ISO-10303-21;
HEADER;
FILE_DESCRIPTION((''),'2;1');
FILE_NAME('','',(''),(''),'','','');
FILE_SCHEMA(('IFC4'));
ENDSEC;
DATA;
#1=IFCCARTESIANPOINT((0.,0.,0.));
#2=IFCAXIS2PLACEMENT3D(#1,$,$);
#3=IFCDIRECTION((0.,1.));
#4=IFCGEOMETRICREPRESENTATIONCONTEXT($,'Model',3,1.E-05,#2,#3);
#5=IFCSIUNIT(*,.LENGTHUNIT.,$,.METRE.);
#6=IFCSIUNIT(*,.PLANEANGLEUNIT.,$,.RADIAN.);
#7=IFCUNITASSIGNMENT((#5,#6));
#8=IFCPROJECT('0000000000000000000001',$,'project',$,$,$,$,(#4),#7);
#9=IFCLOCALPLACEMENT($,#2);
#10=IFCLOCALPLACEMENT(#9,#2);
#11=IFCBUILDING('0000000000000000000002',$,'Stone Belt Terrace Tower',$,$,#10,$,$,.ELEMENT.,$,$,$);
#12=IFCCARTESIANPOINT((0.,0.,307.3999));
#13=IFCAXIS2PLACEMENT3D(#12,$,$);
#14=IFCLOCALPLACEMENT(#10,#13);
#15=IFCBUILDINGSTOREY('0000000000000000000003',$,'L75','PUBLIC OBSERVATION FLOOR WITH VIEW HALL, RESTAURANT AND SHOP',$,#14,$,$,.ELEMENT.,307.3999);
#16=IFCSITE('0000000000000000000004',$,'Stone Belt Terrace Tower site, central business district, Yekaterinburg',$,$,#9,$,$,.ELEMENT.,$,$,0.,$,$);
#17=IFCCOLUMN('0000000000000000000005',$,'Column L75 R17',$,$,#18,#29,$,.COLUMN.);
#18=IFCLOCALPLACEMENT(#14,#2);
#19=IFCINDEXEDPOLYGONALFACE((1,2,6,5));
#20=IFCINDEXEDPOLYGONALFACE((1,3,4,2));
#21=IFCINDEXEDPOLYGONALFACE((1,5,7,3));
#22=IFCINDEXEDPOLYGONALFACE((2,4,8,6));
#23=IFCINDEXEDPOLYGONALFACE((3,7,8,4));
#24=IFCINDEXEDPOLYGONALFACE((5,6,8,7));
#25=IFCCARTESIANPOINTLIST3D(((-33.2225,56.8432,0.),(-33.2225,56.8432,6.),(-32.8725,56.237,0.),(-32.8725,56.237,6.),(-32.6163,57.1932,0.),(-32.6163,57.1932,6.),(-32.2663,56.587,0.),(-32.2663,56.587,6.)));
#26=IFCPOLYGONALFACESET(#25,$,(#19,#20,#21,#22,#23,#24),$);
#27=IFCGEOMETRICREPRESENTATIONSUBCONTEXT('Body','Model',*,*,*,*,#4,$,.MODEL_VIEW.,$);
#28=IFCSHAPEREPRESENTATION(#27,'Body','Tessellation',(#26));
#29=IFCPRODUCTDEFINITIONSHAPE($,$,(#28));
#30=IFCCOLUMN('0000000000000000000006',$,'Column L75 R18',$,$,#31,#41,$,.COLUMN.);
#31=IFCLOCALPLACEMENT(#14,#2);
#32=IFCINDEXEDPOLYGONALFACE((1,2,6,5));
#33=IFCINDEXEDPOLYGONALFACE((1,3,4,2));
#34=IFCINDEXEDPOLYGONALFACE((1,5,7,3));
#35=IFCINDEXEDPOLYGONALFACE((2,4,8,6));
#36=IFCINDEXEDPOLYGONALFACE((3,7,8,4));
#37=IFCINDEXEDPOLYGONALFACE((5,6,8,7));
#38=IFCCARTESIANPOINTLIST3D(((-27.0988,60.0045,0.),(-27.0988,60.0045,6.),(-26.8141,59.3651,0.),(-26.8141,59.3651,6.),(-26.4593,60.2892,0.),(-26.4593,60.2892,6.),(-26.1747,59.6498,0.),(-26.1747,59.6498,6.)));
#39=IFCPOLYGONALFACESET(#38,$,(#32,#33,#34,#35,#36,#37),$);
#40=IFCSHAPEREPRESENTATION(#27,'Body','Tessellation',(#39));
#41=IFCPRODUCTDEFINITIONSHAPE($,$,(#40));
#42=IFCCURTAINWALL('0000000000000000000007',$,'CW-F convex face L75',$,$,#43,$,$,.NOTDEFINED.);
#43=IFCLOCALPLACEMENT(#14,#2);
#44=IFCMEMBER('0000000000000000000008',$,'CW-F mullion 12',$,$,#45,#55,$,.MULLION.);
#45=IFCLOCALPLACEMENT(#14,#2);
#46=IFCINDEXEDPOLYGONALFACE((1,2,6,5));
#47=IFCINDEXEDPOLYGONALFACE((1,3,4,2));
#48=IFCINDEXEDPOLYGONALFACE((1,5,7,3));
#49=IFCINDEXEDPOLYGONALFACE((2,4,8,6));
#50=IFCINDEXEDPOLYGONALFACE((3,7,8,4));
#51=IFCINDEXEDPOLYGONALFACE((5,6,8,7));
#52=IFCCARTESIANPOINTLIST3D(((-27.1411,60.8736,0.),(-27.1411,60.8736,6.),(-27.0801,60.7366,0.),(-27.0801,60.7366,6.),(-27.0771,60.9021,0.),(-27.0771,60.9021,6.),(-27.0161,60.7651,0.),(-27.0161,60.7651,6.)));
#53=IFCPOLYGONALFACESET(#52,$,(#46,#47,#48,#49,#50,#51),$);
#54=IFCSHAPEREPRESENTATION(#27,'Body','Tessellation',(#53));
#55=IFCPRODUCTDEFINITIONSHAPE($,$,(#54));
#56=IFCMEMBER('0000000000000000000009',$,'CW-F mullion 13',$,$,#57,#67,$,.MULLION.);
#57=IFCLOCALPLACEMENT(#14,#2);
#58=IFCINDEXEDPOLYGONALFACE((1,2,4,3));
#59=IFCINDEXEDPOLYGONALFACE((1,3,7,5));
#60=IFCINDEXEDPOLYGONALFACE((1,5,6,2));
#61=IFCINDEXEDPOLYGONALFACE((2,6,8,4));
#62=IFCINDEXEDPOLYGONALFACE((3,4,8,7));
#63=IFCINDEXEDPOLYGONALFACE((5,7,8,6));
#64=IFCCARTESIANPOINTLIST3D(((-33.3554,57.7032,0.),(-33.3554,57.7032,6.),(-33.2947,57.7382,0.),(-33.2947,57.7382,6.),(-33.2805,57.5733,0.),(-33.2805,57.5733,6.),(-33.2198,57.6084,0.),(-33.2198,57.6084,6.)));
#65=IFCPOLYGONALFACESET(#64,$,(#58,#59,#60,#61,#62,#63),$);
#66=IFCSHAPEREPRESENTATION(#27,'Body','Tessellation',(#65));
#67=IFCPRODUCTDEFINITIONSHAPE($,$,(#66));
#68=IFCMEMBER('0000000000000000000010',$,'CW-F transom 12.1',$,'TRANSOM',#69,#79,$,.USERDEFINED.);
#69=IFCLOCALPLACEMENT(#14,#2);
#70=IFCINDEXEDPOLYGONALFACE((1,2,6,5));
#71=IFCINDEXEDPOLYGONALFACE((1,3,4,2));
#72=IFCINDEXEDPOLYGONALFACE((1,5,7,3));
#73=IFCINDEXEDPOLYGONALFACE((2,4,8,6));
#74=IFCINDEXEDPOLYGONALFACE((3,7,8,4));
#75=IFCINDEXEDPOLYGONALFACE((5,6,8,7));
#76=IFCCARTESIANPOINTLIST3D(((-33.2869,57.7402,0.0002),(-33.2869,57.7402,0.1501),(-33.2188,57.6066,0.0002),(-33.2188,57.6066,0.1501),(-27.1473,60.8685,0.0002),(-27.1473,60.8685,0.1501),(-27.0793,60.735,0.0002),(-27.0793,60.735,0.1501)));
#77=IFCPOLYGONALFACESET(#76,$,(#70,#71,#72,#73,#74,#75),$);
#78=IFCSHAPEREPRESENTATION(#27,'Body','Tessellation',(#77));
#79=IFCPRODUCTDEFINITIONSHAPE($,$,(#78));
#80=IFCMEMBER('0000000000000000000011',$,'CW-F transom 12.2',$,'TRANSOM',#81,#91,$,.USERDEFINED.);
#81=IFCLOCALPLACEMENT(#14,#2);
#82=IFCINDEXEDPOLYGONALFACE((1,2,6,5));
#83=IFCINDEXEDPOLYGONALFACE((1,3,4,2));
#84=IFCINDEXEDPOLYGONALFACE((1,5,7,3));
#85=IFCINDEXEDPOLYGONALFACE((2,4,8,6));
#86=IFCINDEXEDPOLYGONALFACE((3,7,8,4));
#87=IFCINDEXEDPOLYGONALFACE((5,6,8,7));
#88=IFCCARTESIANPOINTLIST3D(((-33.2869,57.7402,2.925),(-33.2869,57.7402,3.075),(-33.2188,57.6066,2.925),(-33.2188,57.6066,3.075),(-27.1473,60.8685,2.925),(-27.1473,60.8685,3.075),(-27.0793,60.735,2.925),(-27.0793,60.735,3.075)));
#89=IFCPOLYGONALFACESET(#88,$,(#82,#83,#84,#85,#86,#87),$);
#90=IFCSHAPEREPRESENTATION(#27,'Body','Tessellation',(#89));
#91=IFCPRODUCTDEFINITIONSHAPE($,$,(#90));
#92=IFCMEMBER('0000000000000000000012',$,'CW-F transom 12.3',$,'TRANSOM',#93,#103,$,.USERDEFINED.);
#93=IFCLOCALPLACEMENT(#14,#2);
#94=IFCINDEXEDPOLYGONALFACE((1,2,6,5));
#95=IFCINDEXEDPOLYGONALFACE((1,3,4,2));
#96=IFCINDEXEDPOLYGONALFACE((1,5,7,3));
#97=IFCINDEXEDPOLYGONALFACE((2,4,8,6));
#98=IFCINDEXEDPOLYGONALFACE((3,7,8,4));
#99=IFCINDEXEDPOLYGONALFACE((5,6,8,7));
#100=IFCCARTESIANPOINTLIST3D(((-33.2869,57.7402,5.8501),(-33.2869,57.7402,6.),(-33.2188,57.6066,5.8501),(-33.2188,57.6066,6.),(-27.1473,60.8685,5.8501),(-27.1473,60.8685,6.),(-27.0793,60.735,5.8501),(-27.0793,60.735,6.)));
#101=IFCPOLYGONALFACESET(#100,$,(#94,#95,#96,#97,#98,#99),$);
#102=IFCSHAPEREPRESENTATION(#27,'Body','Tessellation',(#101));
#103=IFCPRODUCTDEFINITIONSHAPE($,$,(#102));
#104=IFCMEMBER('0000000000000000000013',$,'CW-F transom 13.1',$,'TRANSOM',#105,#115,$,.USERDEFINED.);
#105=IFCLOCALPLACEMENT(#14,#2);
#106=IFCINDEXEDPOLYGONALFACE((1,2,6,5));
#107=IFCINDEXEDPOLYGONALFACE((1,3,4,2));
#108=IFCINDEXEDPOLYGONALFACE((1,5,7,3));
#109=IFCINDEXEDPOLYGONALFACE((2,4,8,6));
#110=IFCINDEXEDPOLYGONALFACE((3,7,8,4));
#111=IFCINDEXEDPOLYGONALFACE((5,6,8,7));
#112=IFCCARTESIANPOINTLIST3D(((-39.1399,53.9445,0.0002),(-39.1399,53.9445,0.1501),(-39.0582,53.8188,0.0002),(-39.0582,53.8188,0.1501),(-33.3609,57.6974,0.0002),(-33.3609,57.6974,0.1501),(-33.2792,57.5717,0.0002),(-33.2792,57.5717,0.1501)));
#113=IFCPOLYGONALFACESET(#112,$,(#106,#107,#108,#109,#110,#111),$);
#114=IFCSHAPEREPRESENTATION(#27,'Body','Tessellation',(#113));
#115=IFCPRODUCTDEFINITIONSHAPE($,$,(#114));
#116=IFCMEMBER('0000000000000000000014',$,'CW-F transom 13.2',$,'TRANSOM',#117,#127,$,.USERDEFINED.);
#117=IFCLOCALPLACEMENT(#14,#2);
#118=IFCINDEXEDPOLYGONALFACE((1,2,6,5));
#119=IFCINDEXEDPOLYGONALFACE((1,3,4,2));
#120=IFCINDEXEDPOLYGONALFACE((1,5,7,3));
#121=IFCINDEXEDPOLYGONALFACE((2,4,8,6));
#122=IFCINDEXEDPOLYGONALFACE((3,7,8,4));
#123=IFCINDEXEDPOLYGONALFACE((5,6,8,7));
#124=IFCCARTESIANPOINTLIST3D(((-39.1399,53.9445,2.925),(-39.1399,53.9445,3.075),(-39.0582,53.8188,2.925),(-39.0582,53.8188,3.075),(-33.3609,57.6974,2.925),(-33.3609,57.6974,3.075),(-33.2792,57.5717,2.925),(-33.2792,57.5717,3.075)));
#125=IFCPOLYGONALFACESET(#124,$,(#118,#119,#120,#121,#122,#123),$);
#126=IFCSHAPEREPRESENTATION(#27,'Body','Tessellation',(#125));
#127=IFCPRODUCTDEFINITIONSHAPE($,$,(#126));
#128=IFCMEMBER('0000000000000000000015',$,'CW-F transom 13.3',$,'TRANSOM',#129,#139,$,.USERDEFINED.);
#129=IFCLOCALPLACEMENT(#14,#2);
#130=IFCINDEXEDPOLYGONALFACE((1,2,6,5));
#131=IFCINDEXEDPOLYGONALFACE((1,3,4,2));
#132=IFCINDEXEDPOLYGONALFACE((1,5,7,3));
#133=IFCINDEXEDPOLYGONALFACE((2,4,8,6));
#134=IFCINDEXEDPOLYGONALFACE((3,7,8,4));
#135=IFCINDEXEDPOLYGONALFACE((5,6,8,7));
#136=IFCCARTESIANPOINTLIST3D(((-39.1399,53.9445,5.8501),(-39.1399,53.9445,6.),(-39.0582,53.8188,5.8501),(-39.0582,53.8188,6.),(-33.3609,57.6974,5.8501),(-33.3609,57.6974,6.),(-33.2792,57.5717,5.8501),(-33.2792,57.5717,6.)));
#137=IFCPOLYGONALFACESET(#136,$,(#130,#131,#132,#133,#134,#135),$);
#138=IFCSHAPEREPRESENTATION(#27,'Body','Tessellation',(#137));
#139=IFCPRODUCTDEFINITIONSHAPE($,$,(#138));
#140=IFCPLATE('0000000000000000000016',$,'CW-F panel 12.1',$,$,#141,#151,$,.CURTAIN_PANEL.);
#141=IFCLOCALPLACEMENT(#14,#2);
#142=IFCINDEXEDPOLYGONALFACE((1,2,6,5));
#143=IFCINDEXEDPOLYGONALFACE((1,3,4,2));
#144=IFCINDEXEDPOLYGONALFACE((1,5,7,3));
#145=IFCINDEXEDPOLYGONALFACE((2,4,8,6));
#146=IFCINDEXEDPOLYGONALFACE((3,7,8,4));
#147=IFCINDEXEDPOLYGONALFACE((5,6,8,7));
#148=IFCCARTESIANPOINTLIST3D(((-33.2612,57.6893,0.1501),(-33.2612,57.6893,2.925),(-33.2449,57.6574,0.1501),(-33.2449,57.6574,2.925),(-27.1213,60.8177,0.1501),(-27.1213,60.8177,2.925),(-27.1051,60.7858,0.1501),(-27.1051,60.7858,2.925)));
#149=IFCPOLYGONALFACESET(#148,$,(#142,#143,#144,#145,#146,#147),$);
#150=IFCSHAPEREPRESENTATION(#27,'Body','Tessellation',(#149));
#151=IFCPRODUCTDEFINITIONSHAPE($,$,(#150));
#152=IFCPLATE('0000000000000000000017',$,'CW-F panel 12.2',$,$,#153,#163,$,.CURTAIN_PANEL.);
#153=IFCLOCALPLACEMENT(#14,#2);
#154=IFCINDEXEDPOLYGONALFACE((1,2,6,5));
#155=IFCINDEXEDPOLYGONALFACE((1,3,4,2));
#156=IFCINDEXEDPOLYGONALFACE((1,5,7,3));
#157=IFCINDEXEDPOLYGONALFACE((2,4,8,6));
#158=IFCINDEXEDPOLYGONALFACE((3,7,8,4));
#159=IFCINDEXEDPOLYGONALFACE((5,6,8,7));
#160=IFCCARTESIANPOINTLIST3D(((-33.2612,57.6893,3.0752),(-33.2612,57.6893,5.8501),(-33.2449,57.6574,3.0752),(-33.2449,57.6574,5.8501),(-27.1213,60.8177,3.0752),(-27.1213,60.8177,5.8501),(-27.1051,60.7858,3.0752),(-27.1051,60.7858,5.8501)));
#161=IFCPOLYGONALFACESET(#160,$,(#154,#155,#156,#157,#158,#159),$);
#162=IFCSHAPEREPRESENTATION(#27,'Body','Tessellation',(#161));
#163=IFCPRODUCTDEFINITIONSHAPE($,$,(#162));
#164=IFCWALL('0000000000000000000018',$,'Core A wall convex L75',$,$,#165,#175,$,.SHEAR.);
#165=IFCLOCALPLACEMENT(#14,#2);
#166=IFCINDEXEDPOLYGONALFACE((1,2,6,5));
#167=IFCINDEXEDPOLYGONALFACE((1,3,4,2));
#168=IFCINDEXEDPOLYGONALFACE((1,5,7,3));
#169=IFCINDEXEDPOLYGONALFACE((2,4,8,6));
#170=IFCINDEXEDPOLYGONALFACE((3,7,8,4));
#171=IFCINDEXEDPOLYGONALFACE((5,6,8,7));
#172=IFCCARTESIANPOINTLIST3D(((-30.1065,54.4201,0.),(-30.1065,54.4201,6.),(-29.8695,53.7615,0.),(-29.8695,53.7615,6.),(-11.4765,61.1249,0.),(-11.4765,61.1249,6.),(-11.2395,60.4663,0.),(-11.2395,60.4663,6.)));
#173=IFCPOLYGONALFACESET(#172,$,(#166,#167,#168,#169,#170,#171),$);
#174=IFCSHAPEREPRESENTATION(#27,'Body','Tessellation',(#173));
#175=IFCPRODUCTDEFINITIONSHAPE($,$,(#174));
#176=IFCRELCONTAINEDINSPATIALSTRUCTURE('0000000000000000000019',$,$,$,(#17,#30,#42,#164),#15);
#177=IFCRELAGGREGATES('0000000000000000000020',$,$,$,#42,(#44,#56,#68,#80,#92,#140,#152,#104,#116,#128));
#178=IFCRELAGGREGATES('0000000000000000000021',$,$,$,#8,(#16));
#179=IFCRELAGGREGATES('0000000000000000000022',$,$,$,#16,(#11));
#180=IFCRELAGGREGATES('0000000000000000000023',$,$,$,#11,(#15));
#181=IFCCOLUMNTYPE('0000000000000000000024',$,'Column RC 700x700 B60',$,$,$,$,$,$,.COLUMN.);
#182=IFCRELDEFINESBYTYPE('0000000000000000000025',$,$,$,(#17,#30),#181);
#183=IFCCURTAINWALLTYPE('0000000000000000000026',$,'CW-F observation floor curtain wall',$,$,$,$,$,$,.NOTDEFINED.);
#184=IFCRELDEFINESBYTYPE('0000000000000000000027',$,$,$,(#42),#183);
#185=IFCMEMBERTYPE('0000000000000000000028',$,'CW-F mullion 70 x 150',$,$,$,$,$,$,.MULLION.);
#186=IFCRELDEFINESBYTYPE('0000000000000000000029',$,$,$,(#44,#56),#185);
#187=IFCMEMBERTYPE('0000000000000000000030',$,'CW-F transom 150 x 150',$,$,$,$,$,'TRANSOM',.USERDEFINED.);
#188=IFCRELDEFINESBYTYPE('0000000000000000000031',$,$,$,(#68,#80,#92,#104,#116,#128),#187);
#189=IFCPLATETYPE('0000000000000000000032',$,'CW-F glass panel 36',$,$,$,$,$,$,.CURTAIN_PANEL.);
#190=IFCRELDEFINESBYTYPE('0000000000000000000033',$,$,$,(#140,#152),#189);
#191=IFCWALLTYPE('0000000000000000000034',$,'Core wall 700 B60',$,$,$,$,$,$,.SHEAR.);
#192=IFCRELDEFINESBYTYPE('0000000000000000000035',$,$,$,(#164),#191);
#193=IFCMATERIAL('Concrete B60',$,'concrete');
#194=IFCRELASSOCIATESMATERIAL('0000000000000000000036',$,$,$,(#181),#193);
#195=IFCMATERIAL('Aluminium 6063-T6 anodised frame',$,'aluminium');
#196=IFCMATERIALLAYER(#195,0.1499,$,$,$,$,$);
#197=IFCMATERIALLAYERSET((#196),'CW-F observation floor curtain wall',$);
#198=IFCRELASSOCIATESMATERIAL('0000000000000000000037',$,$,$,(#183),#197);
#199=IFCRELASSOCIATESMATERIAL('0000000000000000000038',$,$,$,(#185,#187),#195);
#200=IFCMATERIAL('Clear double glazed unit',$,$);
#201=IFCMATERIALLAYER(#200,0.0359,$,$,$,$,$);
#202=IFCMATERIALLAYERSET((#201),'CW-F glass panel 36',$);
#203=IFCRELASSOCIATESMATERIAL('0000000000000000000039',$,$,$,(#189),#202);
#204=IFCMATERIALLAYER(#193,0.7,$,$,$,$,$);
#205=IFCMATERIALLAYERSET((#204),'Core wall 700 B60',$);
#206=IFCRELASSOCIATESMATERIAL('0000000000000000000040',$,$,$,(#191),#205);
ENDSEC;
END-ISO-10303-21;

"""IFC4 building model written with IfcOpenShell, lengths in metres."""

from ifc_helpers import new_model, si_unit, direction, frame, frame_2d, origin, origin_2d, place, context, subcontext, project, spatial, rectangle, extrude, material, layer, layer_set, material_profile, profile_set, type_object, element, aggregate, save


model = new_model("IFC4")

# Units and contexts
model_context = context("Model", 3, precision=1e-05, world=origin(), true_north=direction((0.0, 1.0)))
body_context = subcontext(model_context, "Body", "Model", "MODEL_VIEW")
ifc_project = project(units=[si_unit("LENGTHUNIT", "METRE"), si_unit("PLANEANGLEUNIT", "RADIAN")], contexts=[model_context])

# Site, building, storey
site_placement = place(None, origin())
site = spatial("IfcSite", under=ifc_project, at=site_placement, Name="Stone Belt Terrace Tower site, central business district, Yekaterinburg", CompositionType="ELEMENT", RefElevation=0.0)
building_placement = place(site_placement, origin())
building = spatial("IfcBuilding", under=site, at=building_placement, Name="Stone Belt Terrace Tower", CompositionType="ELEMENT")
storey_placement = place(building_placement, frame((0.0, 0.0, 307.3999)))
storey = spatial("IfcBuildingStorey", under=building, at=storey_placement, Name="L75", Description="PUBLIC OBSERVATION FLOOR WITH VIEW HALL, RESTAURANT AND SHOP", CompositionType="ELEMENT", Elevation=307.3999)

# Columns
ifc_material_1 = material(Name="Concrete B60", Category="concrete")
ifc_material_profile_1 = material_profile(ifc_material_1, rectangle(XDim=0.7, YDim=0.7, at=origin_2d()), Name="RC 700x700")
ifc_profile_set_1 = profile_set([ifc_material_profile_1], Name="Concrete B60")
column_type = type_object("IfcColumnType", Name="Column RC 700x700 B60", PredefinedType="COLUMN", material=ifc_profile_set_1)
for number, where, z_axis, x_axis, name in (
    (1, (-32.7444, 56.7151, 0.0), (0.0, 0.0, 1.0), (0.866025, 0.5, 0.0), "Column L75 R17"),
    (2, (-26.6367, 59.8271, 0.0), (0.0, 0.0, 1.0), (0.913545, 0.406737, 0.0), "Column L75 R18"),
):
    element("IfcColumn", number, at=place(storey_placement, frame(where, z_axis=z_axis, x_axis=x_axis)), inside=storey, type_object=column_type, Name=name, PredefinedType="COLUMN", context=body_context, shape_type="SweptSolid", body=[
        extrude(rectangle(XDim=0.7, YDim=0.7, at=origin_2d()), origin(), (0.0, 0.0, 1.0), 6.0),
    ])

# Curtain wall, members, plates
ifc_material_2 = material(Name="Aluminium 6063-T6 anodised frame", Category="aluminium")
ifc_layer_1 = layer(ifc_material_2, 0.1499)
ifc_layer_set_1 = layer_set([ifc_layer_1], Name="CW-F observation floor curtain wall")
curtain_wall_type = type_object("IfcCurtainWallType", Name="CW-F observation floor curtain wall", PredefinedType="NOTDEFINED", material=ifc_layer_set_1)
curtain_wall_placement = place(storey_placement, origin())
curtain_wall = element("IfcCurtainWall", 3, at=curtain_wall_placement, inside=storey, type_object=curtain_wall_type, Name="CW-F convex face L75", PredefinedType="NOTDEFINED")
ifc_material_profile_2 = material_profile(ifc_material_2, rectangle(XDim=0.1499, YDim=0.0701, at=origin_2d()), Name="Aluminium 6063-T6 70x150")
ifc_profile_set_2 = profile_set([ifc_material_profile_2], Name="Aluminium 6063-T6 anodised frame")
member_type_1 = type_object("IfcMemberType", Name="CW-F mullion 70 x 150", PredefinedType="MULLION", material=ifc_profile_set_2)
member_1_placement = place(storey_placement, frame((-27.0786, 60.8193, 0.0), z_axis=(0.0, 0.0, 1.0), x_axis=(0.406737, -0.913545, 0.0)))
member_1 = element("IfcMember", 4, at=member_1_placement, type_object=member_type_1, Name="CW-F mullion 12", PredefinedType="MULLION", context=body_context, shape_type="SweptSolid", body=[
    extrude(rectangle(XDim=0.1499, YDim=0.0701, at=origin_2d()), origin(), (0.0, 0.0, 1.0), 6.0),
])
member_2_placement = place(storey_placement, frame((-33.2876, 57.6558, 0.0), z_axis=(0.0, 0.0, 1.0), x_axis=(0.5, -0.866025, 0.0)))
member_2 = element("IfcMember", 5, at=member_2_placement, type_object=member_type_1, Name="CW-F mullion 13", PredefinedType="MULLION", context=body_context, shape_type="SweptSolid", body=[
    extrude(rectangle(XDim=0.1499, YDim=0.0701, at=origin_2d()), origin(), (0.0, 0.0, 1.0), 6.0),
])
ifc_material_profile_3 = material_profile(ifc_material_2, rectangle(XDim=0.1499, YDim=0.1499, at=origin_2d()), Name="Aluminium 6063-T6 150x150")
ifc_profile_set_3 = profile_set([ifc_material_profile_3], Name="Aluminium 6063-T6 anodised frame")
member_type_2 = type_object("IfcMemberType", Name="CW-F transom 150 x 150", ElementType="TRANSOM", PredefinedType="USERDEFINED", material=ifc_profile_set_3)
member_3_placement = place(storey_placement, frame((-27.1133, 60.8018, 0.0752), z_axis=(-0.891, -0.454003, 0.0), x_axis=(0.454003, -0.891, 0.0)))
member_3 = element("IfcMember", 6, at=member_3_placement, type_object=member_type_2, Name="CW-F transom 12.1", ObjectType="TRANSOM", PredefinedType="USERDEFINED", context=body_context, shape_type="SweptSolid", body=[
    extrude(rectangle(XDim=0.1499, YDim=0.1499, at=origin_2d()), origin(), (0.0, 0.0, 1.0), 6.8906),
])
member_4_placement = place(storey_placement, frame((-27.1133, 60.8018, 3.0), z_axis=(-0.891, -0.454003, 0.0), x_axis=(0.454003, -0.891, 0.0)))
member_4 = element("IfcMember", 7, at=member_4_placement, type_object=member_type_2, Name="CW-F transom 12.2", ObjectType="TRANSOM", PredefinedType="USERDEFINED", context=body_context, shape_type="SweptSolid", body=[
    extrude(rectangle(XDim=0.1499, YDim=0.1499, at=origin_2d()), origin(), (0.0, 0.0, 1.0), 6.8906),
])
member_5_placement = place(storey_placement, frame((-27.1133, 60.8018, 5.925), z_axis=(-0.891, -0.454003, 0.0), x_axis=(0.454003, -0.891, 0.0)))
member_5 = element("IfcMember", 8, at=member_5_placement, type_object=member_type_2, Name="CW-F transom 12.3", ObjectType="TRANSOM", PredefinedType="USERDEFINED", context=body_context, shape_type="SweptSolid", body=[
    extrude(rectangle(XDim=0.1499, YDim=0.1499, at=origin_2d()), origin(), (0.0, 0.0, 1.0), 6.8906),
])
member_6_placement = place(storey_placement, frame((-33.3201, 57.6345, 0.0752), z_axis=(-0.838673, -0.544636, 0.0), x_axis=(0.544636, -0.838673, 0.0)))
member_6 = element("IfcMember", 9, at=member_6_placement, type_object=member_type_2, Name="CW-F transom 13.1", ObjectType="TRANSOM", PredefinedType="USERDEFINED", context=body_context, shape_type="SweptSolid", body=[
    extrude(rectangle(XDim=0.1499, YDim=0.1499, at=origin_2d()), origin(), (0.0, 0.0, 1.0), 6.8906),
])
member_7_placement = place(storey_placement, frame((-33.3201, 57.6345, 3.0), z_axis=(-0.838673, -0.544636, 0.0), x_axis=(0.544636, -0.838673, 0.0)))
member_7 = element("IfcMember", 10, at=member_7_placement, type_object=member_type_2, Name="CW-F transom 13.2", ObjectType="TRANSOM", PredefinedType="USERDEFINED", context=body_context, shape_type="SweptSolid", body=[
    extrude(rectangle(XDim=0.1499, YDim=0.1499, at=origin_2d()), origin(), (0.0, 0.0, 1.0), 6.8906),
])
member_8_placement = place(storey_placement, frame((-33.3201, 57.6345, 5.925), z_axis=(-0.838673, -0.544636, 0.0), x_axis=(0.544636, -0.838673, 0.0)))
member_8 = element("IfcMember", 11, at=member_8_placement, type_object=member_type_2, Name="CW-F transom 13.3", ObjectType="TRANSOM", PredefinedType="USERDEFINED", context=body_context, shape_type="SweptSolid", body=[
    extrude(rectangle(XDim=0.1499, YDim=0.1499, at=origin_2d()), origin(), (0.0, 0.0, 1.0), 6.8906),
])
ifc_material_3 = material(Name="Clear double glazed unit")
ifc_layer_2 = layer(ifc_material_3, 0.0359)
ifc_layer_set_2 = layer_set([ifc_layer_2], Name="CW-F glass panel 36")
plate_type = type_object("IfcPlateType", Name="CW-F glass panel 36", PredefinedType="CURTAIN_PANEL", material=ifc_layer_set_2)
plate_1_placement = place(storey_placement, frame((-30.1831, 59.2375, 0.1501), z_axis=(0.0, 0.0, 1.0), x_axis=(-0.891007, -0.45399, 0.0)))
plate_1 = element("IfcPlate", 12, at=plate_1_placement, type_object=plate_type, Name="CW-F panel 12.1", PredefinedType="CURTAIN_PANEL", context=body_context, shape_type="SweptSolid", body=[
    extrude(rectangle(XDim=6.8909, YDim=0.0359, at=origin_2d()), origin(), (0.0, 0.0, 1.0), 2.7749),
])
plate_2_placement = place(storey_placement, frame((-30.1831, 59.2375, 3.0752), z_axis=(0.0, 0.0, 1.0), x_axis=(-0.891007, -0.45399, 0.0)))
plate_2 = element("IfcPlate", 13, at=plate_2_placement, type_object=plate_type, Name="CW-F panel 12.2", PredefinedType="CURTAIN_PANEL", context=body_context, shape_type="SweptSolid", body=[
    extrude(rectangle(XDim=6.8909, YDim=0.0359, at=origin_2d()), origin(), (0.0, 0.0, 1.0), 2.7749),
])
aggregate(curtain_wall, [member_1, member_2, member_3, member_4, member_5, plate_1, plate_2, member_6, member_7, member_8])

# Wall
ifc_layer_3 = layer(ifc_material_1, 0.7)
ifc_layer_set_3 = layer_set([ifc_layer_3], Name="Core wall 700 B60")
wall_type_1 = type_object("IfcWallType", Name="Core wall 700 B60", PredefinedType="SHEAR", material=ifc_layer_set_3)
wall_1_placement = place(storey_placement, frame((-29.988, 54.0908, 0.0), z_axis=(0.0, 0.0, 1.0), x_axis=(0.94092, 0.33863, 0.0)))
element("IfcWall", 14, at=wall_1_placement, inside=storey, type_object=wall_type_1, Name="Core A wall convex L75", PredefinedType="SHEAR", context=body_context, shape_type="SweptSolid", body=[
    extrude(rectangle(XDim=19.7998, YDim=0.7, at=frame_2d((9.8999, 0.0))), origin(), (0.0, 0.0, 1.0), 6.0),
])

save(model, "model.ifc")
